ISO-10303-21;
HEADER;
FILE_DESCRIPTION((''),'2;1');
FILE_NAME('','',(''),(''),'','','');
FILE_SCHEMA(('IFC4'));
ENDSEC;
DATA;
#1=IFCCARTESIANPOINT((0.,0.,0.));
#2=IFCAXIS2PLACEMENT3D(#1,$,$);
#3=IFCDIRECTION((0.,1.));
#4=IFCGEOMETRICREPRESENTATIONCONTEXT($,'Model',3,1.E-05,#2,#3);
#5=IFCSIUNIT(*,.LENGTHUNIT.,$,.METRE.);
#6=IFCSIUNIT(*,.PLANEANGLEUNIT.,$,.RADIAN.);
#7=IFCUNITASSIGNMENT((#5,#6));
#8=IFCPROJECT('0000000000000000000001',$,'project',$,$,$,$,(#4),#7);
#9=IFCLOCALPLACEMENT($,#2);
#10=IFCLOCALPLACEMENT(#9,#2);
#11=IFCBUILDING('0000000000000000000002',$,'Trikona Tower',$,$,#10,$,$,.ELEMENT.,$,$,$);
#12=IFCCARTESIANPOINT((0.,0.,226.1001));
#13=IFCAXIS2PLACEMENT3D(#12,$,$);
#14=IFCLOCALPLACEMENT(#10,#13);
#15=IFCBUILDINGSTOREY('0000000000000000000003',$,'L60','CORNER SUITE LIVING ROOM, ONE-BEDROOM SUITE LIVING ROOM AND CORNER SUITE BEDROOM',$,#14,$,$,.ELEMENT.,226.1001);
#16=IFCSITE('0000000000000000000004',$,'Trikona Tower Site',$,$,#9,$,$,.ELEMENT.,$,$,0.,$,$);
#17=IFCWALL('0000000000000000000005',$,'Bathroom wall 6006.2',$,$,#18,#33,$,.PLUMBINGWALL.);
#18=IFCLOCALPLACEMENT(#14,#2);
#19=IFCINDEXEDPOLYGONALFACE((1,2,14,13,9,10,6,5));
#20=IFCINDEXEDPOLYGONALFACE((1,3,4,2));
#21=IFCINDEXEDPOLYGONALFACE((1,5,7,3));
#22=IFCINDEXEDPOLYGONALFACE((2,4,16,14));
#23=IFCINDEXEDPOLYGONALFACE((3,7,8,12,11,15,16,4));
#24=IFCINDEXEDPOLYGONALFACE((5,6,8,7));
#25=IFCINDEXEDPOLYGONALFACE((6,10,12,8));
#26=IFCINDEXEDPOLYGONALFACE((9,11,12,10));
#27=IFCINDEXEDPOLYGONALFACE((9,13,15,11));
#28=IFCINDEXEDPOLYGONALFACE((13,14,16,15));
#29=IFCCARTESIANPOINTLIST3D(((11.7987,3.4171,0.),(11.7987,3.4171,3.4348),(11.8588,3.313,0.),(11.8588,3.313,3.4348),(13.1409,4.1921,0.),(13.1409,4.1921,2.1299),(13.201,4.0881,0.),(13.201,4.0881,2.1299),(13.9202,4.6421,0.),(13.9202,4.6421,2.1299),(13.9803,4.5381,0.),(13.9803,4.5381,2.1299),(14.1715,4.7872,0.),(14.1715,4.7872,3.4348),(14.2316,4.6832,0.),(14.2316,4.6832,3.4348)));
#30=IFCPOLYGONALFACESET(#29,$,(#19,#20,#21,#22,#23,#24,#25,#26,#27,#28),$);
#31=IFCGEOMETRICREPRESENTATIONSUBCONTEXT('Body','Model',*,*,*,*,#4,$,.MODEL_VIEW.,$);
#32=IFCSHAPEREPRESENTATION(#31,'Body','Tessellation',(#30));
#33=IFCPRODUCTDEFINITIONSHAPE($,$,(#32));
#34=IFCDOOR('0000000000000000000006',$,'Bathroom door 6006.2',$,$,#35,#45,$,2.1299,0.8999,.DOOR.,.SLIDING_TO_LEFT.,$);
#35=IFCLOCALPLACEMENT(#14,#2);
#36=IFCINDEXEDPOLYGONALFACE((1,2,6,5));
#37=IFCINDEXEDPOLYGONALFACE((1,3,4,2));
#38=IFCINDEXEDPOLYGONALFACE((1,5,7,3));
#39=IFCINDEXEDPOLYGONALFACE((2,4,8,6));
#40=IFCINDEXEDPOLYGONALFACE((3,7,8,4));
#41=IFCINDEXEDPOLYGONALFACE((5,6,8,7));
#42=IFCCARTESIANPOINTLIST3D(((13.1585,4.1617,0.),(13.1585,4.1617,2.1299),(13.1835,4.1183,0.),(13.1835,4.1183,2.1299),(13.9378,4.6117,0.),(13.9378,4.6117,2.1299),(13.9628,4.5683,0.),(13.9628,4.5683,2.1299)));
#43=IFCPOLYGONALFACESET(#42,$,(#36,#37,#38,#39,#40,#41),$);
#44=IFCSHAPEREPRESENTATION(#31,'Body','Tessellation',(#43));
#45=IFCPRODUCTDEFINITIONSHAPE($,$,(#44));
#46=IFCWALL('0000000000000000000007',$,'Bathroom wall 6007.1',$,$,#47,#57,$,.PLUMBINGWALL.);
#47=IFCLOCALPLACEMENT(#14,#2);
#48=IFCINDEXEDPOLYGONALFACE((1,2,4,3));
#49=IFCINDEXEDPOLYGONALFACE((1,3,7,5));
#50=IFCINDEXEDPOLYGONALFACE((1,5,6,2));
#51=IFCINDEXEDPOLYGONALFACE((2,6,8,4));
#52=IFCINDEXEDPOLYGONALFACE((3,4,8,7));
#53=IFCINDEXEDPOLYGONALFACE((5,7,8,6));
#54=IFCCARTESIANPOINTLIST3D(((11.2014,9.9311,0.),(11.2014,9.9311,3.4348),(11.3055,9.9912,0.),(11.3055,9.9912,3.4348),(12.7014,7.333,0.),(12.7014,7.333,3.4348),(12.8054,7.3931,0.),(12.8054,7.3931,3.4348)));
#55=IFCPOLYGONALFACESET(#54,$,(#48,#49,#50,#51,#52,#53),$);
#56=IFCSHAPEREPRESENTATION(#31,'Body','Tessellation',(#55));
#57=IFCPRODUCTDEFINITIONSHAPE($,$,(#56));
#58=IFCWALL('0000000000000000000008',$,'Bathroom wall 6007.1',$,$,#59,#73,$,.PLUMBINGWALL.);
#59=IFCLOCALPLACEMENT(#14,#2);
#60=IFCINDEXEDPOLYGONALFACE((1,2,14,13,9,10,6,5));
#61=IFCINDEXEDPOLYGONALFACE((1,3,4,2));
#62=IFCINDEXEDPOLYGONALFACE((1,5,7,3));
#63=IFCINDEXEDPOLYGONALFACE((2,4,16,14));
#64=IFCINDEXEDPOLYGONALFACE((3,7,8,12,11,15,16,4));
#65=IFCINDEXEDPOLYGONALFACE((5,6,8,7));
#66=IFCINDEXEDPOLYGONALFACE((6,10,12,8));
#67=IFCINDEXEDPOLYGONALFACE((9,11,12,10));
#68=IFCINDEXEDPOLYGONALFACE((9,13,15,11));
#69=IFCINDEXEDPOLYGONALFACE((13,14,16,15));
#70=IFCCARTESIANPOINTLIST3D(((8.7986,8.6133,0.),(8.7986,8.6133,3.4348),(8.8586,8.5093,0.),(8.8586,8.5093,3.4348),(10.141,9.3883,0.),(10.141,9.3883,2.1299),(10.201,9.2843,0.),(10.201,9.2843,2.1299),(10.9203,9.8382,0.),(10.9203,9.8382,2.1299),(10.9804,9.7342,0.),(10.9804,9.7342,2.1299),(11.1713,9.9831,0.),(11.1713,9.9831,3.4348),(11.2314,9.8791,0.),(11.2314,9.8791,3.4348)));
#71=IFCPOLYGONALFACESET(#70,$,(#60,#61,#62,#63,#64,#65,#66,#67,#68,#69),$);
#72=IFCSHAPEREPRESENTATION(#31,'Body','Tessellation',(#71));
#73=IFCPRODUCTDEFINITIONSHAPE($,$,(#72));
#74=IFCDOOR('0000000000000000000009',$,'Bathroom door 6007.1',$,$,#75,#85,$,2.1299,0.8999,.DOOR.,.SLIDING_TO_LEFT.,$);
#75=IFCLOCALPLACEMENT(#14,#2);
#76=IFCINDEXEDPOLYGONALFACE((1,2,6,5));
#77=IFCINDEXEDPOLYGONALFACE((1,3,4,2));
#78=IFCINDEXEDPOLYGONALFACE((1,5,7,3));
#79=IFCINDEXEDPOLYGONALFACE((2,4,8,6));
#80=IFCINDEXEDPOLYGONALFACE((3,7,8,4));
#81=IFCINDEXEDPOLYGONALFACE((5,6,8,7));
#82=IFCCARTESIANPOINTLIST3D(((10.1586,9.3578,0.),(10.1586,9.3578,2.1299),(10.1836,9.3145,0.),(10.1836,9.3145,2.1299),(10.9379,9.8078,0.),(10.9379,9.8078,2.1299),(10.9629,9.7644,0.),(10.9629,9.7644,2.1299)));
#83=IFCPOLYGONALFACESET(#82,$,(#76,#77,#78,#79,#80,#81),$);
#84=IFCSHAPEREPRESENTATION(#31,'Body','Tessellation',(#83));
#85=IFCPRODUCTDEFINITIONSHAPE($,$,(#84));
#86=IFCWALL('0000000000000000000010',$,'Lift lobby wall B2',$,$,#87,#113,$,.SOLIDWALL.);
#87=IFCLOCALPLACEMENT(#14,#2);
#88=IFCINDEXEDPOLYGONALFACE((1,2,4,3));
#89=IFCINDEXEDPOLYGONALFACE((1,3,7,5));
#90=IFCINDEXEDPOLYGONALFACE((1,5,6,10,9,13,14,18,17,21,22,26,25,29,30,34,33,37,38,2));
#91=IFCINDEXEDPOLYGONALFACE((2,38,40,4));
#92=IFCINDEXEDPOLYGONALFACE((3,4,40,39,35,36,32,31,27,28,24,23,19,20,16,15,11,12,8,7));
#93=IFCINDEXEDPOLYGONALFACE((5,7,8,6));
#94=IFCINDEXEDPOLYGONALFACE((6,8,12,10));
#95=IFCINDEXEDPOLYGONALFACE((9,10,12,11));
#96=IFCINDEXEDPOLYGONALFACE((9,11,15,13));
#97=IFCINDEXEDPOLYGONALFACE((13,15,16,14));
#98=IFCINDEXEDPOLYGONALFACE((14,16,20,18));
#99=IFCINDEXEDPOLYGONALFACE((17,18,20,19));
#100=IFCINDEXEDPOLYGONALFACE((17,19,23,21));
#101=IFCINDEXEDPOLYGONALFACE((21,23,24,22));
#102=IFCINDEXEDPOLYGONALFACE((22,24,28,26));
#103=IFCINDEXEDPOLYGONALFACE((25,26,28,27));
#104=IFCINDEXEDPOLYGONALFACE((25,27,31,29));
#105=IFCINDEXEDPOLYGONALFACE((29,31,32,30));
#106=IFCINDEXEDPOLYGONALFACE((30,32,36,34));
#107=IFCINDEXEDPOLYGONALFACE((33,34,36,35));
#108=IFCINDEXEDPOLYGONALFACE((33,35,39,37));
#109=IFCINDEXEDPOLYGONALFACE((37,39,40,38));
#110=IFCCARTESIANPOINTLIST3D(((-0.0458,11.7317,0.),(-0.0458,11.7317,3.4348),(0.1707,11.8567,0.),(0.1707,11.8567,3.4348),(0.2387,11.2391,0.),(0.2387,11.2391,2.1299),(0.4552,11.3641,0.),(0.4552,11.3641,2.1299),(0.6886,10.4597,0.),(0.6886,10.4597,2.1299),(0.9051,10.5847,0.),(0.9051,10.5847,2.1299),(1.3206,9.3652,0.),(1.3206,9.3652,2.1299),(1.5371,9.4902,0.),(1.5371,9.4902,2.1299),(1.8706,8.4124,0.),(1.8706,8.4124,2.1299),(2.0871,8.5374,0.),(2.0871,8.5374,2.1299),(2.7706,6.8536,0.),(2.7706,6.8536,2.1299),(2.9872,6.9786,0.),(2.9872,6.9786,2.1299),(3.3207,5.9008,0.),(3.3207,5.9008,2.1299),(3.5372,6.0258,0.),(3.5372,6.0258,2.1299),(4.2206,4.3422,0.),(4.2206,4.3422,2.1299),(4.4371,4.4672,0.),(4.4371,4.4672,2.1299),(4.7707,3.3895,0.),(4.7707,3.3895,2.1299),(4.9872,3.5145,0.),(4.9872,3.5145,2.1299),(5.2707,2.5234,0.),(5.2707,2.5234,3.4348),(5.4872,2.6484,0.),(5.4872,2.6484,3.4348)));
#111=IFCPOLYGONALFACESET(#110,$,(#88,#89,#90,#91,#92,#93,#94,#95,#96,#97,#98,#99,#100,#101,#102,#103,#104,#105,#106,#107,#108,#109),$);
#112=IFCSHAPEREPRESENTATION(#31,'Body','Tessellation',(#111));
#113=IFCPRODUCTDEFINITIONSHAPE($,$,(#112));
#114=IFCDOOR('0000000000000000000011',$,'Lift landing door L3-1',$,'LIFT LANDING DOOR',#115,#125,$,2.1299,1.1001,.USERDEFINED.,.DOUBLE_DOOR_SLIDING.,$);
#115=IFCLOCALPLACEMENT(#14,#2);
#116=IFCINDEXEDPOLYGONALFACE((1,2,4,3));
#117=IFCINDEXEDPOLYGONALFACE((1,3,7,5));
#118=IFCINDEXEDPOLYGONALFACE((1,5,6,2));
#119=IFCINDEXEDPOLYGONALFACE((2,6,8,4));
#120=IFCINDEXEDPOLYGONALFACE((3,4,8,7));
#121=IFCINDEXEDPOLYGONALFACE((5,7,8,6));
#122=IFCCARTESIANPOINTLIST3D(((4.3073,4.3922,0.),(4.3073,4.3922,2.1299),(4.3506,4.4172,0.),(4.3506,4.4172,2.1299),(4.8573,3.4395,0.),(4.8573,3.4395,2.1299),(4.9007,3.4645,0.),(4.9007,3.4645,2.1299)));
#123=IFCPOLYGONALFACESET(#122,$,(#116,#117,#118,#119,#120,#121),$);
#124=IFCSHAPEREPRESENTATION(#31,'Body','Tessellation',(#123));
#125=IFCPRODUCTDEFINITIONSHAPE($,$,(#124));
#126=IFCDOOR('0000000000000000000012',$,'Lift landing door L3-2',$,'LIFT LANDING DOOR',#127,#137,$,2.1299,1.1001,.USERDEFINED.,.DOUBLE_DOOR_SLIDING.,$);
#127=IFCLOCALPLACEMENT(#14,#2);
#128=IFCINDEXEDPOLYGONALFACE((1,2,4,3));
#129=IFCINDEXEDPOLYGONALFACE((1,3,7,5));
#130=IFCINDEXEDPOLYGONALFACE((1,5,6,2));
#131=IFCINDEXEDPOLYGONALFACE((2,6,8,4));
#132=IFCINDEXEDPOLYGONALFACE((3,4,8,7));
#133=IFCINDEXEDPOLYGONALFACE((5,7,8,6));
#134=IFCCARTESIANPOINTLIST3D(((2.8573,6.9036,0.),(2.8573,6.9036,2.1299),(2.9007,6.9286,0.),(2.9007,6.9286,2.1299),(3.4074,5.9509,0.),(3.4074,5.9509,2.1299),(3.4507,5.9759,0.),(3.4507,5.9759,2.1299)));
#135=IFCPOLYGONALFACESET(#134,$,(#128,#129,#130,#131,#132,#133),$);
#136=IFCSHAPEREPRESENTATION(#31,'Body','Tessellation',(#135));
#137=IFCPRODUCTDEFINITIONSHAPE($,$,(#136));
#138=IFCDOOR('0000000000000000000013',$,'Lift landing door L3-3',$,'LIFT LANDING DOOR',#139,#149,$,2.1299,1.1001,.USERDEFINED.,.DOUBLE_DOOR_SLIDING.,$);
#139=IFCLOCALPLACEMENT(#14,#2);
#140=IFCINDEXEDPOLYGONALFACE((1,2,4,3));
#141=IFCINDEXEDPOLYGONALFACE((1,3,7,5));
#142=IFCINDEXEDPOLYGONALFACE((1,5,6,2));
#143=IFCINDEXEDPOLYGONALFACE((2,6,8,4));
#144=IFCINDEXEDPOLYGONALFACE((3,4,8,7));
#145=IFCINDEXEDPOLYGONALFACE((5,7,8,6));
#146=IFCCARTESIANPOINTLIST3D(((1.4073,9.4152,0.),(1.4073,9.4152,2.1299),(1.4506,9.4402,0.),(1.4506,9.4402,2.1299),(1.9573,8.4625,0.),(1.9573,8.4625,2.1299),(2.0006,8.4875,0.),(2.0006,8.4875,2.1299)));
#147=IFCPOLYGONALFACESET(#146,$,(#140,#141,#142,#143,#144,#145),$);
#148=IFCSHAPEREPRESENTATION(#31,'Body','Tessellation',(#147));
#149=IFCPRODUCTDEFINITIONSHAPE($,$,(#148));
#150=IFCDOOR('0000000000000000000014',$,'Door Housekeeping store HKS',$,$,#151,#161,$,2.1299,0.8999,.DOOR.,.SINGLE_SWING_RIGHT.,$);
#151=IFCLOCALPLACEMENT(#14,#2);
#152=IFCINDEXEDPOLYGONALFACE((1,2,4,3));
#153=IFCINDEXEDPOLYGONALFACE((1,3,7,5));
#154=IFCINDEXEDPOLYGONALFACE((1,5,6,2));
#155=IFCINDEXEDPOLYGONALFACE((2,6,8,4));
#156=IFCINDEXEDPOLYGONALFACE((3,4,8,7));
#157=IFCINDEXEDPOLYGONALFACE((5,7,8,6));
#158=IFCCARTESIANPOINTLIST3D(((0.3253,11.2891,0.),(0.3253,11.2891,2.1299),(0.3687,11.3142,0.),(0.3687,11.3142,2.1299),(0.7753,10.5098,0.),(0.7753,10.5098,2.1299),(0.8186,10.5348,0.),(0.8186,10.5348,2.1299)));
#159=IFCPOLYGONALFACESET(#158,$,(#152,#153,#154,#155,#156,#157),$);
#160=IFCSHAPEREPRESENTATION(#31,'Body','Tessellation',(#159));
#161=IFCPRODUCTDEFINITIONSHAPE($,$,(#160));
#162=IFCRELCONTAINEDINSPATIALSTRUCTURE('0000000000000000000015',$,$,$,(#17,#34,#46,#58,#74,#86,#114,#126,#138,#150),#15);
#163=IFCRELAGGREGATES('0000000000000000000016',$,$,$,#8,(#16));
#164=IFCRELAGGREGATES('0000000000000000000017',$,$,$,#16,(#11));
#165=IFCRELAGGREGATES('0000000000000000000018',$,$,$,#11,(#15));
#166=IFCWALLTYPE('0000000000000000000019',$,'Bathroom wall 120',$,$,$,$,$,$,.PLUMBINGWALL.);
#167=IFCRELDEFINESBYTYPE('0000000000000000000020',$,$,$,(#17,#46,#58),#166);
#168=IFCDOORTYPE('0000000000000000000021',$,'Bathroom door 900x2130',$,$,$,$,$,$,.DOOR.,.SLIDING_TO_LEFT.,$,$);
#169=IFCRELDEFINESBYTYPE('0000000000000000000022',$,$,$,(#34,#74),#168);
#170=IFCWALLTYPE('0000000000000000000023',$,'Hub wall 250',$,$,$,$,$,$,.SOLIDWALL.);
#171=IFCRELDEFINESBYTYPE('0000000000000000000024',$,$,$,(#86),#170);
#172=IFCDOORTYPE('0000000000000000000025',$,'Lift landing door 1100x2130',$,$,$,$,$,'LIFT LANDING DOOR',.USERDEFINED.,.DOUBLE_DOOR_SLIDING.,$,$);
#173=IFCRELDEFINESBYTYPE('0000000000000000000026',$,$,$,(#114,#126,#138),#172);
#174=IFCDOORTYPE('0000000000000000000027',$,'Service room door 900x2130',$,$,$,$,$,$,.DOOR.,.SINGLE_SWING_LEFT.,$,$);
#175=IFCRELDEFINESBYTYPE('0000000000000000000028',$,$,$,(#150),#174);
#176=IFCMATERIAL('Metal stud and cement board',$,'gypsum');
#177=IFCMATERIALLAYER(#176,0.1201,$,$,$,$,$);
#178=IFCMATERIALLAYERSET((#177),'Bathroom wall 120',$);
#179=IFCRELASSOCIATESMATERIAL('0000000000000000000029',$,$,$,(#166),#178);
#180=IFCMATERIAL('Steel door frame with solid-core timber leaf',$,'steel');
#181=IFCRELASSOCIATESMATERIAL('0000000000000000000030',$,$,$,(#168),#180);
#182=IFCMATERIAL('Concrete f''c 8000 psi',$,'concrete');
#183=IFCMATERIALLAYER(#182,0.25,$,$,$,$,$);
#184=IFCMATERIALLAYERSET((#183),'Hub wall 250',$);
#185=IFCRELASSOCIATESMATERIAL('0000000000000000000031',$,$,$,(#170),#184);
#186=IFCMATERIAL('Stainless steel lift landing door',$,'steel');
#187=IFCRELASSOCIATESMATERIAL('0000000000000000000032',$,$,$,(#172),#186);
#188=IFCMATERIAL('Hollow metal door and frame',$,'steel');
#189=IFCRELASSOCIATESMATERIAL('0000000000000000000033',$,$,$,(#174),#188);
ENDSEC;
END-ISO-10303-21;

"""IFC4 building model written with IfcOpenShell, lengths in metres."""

from ifc_helpers import new_model, si_unit, direction, frame, frame_2d, origin, place, context, subcontext, project, spatial, rectangle, extrude, material, layer, layer_set, type_object, element, fill, save


model = new_model("IFC4")

# Units and contexts
model_context = context("Model", 3, precision=1e-05, world=origin(), true_north=direction((0.0, 1.0)))
body_context = subcontext(model_context, "Body", "Model", "MODEL_VIEW")
ifc_project = project(units=[si_unit("LENGTHUNIT", "METRE"), si_unit("PLANEANGLEUNIT", "RADIAN")], contexts=[model_context])

# Site, building, storey
site_placement = place(None, origin())
site = spatial("IfcSite", under=ifc_project, at=site_placement, Name="Trikona Tower Site", CompositionType="ELEMENT", RefElevation=0.0)
building_placement = place(site_placement, origin())
building = spatial("IfcBuilding", under=site, at=building_placement, Name="Trikona Tower", CompositionType="ELEMENT")
storey_placement = place(building_placement, frame((0.0, 0.0, 226.1001)))
storey = spatial("IfcBuildingStorey", under=building, at=storey_placement, Name="L60", Description="CORNER SUITE LIVING ROOM, ONE-BEDROOM SUITE LIVING ROOM AND CORNER SUITE BEDROOM", CompositionType="ELEMENT", Elevation=226.1001)

# Wall, opening, door
ifc_material_1 = material(Name="Metal stud and cement board", Category="gypsum")
ifc_layer_1 = layer(ifc_material_1, 0.1201)
ifc_layer_set_1 = layer_set([ifc_layer_1], Name="Bathroom wall 120")
wall_type_1 = type_object("IfcWallType", Name="Bathroom wall 120", PredefinedType="PLUMBINGWALL", material=ifc_layer_set_1)
wall_1_placement = place(storey_placement, frame((11.8286, 3.365, 0.0), z_axis=(0.0, 0.0, 1.0), x_axis=(0.865997, 0.500049, 0.0)))
wall_1 = element("IfcWall", 1, at=wall_1_placement, inside=storey, type_object=wall_type_1, Name="Bathroom wall 6006.2", PredefinedType="PLUMBINGWALL", context=body_context, shape_type="SweptSolid", body=[
    extrude(rectangle(XDim=2.74, YDim=0.1201, at=frame_2d((1.3701, 0.0))), origin(), (0.0, 0.0, 1.0), 3.4348),
])
opening_1_placement = place(wall_1_placement, frame((1.55, 0.0, 0.0)))
opening_1 = element("IfcOpeningElement", 2, at=opening_1_placement, cuts=wall_1, PredefinedType="OPENING", context=body_context, shape_type="SweptSolid", body=[
    extrude(rectangle(XDim=0.8999, YDim=2.1299, at=frame_2d((0.45, 1.0649))), frame((0.0, 0.0701, 0.0), z_axis=(0.0, -1.0, 0.0), x_axis=(1.0, 0.0, 0.0)), (0.0, 0.0, 1.0), 0.1401),
])
ifc_material_2 = material(Name="Steel door frame with solid-core timber leaf", Category="steel")
door_type_1 = type_object("IfcDoorType", Name="Bathroom door 900x2130", OperationType="SLIDING_TO_LEFT", PredefinedType="DOOR", material=ifc_material_2)
door_1_placement = place(opening_1_placement, origin())
door_1 = element("IfcDoor", 3, at=door_1_placement, inside=storey, type_object=door_type_1, Name="Bathroom door 6006.2", OperationType="SLIDING_TO_LEFT", OverallHeight=2.1299, OverallWidth=0.8999, PredefinedType="DOOR", context=body_context, shape_type="SweptSolid", body=[
    extrude(rectangle(XDim=0.8999, YDim=2.1299, at=frame_2d((0.45, 1.0649))), frame((0.0, 0.0249, 0.0), z_axis=(0.0, -1.0, 0.0), x_axis=(1.0, 0.0, 0.0)), (0.0, 0.0, 1.0), 0.05),
])
fill(opening_1, door_1)

# Wall
wall_2_placement = place(storey_placement, frame((12.7534, 7.363, 0.0), z_axis=(0.0, 0.0, 1.0), x_axis=(-0.49999, 0.866031, 0.0)))
element("IfcWall", 4, at=wall_2_placement, inside=storey, type_object=wall_type_1, Name="Bathroom wall 6007.1", PredefinedType="PLUMBINGWALL", context=body_context, shape_type="SweptSolid", body=[
    extrude(rectangle(XDim=3.0, YDim=0.1201, at=frame_2d((1.5, 0.0))), origin(), (0.0, 0.0, 1.0), 3.4348),
])

# Wall, opening, door
wall_3_placement = place(storey_placement, frame((8.8286, 8.5613, 0.0), z_axis=(0.0, 0.0, 1.0), x_axis=(0.866036, 0.499982, 0.0)))
wall_3 = element("IfcWall", 5, at=wall_3_placement, inside=storey, type_object=wall_type_1, Name="Bathroom wall 6007.1", PredefinedType="PLUMBINGWALL", context=body_context, shape_type="SweptSolid", body=[
    extrude(rectangle(XDim=2.7397, YDim=0.1201, at=frame_2d((1.3699, 0.0))), origin(), (0.0, 0.0, 1.0), 3.4348),
])
opening_2_placement = place(wall_3_placement, frame((1.55, 0.0, 0.0)))
opening_2 = element("IfcOpeningElement", 6, at=opening_2_placement, cuts=wall_3, PredefinedType="OPENING", context=body_context, shape_type="SweptSolid", body=[
    extrude(rectangle(XDim=0.8999, YDim=2.1299, at=frame_2d((0.45, 1.0649))), frame((0.0, 0.0701, 0.0), z_axis=(0.0, -1.0, 0.0), x_axis=(1.0, 0.0, 0.0)), (0.0, 0.0, 1.0), 0.1401),
])
door_2_placement = place(opening_2_placement, origin())
door_2 = element("IfcDoor", 7, at=door_2_placement, inside=storey, type_object=door_type_1, Name="Bathroom door 6007.1", OperationType="SLIDING_TO_LEFT", OverallHeight=2.1299, OverallWidth=0.8999, PredefinedType="DOOR", context=body_context, shape_type="SweptSolid", body=[
    extrude(rectangle(XDim=0.8999, YDim=2.1299, at=frame_2d((0.45, 1.0649))), frame((0.0, 0.0249, 0.0), z_axis=(0.0, -1.0, 0.0), x_axis=(1.0, 0.0, 0.0)), (0.0, 0.0, 1.0), 0.05),
])
fill(opening_2, door_2)

# Wall, openings, doors
ifc_material_3 = material(Name="Concrete f'c 8000 psi", Category="concrete")
ifc_layer_2 = layer(ifc_material_3, 0.25)
ifc_layer_set_2 = layer_set([ifc_layer_2], Name="Hub wall 250")
wall_type_2 = type_object("IfcWallType", Name="Hub wall 250", PredefinedType="SOLIDWALL", material=ifc_layer_set_2)
wall_4_placement = place(storey_placement, frame((5.3789, 2.5859, 0.0), z_axis=(0.0, 0.0, 1.0), x_axis=(-0.500001, 0.866025, 0.0)))
wall_4 = element("IfcWall", 8, at=wall_4_placement, inside=storey, type_object=wall_type_2, Name="Lift lobby wall B2", PredefinedType="SOLIDWALL", context=body_context, shape_type="SweptSolid", body=[
    extrude(rectangle(XDim=10.6328, YDim=0.25, at=frame_2d((5.3164, 0.0))), origin(), (0.0, 0.0, 1.0), 3.4348),
])
opening_3_placement = place(wall_4_placement, frame((9.1641, 0.0, 0.0)))
opening_3 = element("IfcOpeningElement", 9, at=opening_3_placement, cuts=wall_4, PredefinedType="OPENING", context=body_context, shape_type="SweptSolid", body=[
    extrude(rectangle(XDim=0.8999, YDim=2.1299, at=frame_2d((0.45, 1.0649))), frame((0.0, 0.135, 0.0), z_axis=(0.0, -1.0, 0.0), x_axis=(1.0, 0.0, 0.0)), (0.0, 0.0, 1.0), 0.27),
])
opening_4_placement = place(wall_4_placement, frame((1.0, 0.0, 0.0)))
opening_4 = element("IfcOpeningElement", 10, at=opening_4_placement, cuts=wall_4, PredefinedType="OPENING", context=body_context, shape_type="SweptSolid", body=[
    extrude(rectangle(XDim=1.1001, YDim=2.1299, at=frame_2d((0.55, 1.0649))), frame((0.0, 0.135, 0.0), z_axis=(0.0, -1.0, 0.0), x_axis=(1.0, 0.0, 0.0)), (0.0, 0.0, 1.0), 0.27),
])
opening_5_placement = place(wall_4_placement, frame((3.8999, 0.0, 0.0)))
opening_5 = element("IfcOpeningElement", 11, at=opening_5_placement, cuts=wall_4, PredefinedType="OPENING", context=body_context, shape_type="SweptSolid", body=[
    extrude(rectangle(XDim=1.1001, YDim=2.1299, at=frame_2d((0.55, 1.0649))), frame((0.0, 0.135, 0.0), z_axis=(0.0, -1.0, 0.0), x_axis=(1.0, 0.0, 0.0)), (0.0, 0.0, 1.0), 0.27),
])
opening_6_placement = place(wall_4_placement, frame((6.8, 0.0, 0.0)))
opening_6 = element("IfcOpeningElement", 12, at=opening_6_placement, cuts=wall_4, PredefinedType="OPENING", context=body_context, shape_type="SweptSolid", body=[
    extrude(rectangle(XDim=1.1001, YDim=2.1299, at=frame_2d((0.55, 1.0649))), frame((0.0, 0.135, 0.0), z_axis=(0.0, -1.0, 0.0), x_axis=(1.0, 0.0, 0.0)), (0.0, 0.0, 1.0), 0.27),
])
ifc_material_4 = material(Name="Stainless steel lift landing door", Category="steel")
door_type_2 = type_object("IfcDoorType", Name="Lift landing door 1100x2130", ElementType="LIFT LANDING DOOR", OperationType="DOUBLE_DOOR_SLIDING", PredefinedType="USERDEFINED", material=ifc_material_4)
door_3_placement = place(opening_4_placement, origin())
door_3 = element("IfcDoor", 13, at=door_3_placement, inside=storey, type_object=door_type_2, Name="Lift landing door L3-1", ObjectType="LIFT LANDING DOOR", OperationType="DOUBLE_DOOR_SLIDING", OverallHeight=2.1299, OverallWidth=1.1001, PredefinedType="USERDEFINED", context=body_context, shape_type="SweptSolid", body=[
    extrude(rectangle(XDim=1.1001, YDim=2.1299, at=frame_2d((0.55, 1.0649))), frame((0.0, 0.0249, 0.0), z_axis=(0.0, -1.0, 0.0), x_axis=(1.0, 0.0, 0.0)), (0.0, 0.0, 1.0), 0.05),
])
fill(opening_4, door_3)
door_4_placement = place(opening_5_placement, origin())
door_4 = element("IfcDoor", 14, at=door_4_placement, inside=storey, type_object=door_type_2, Name="Lift landing door L3-2", ObjectType="LIFT LANDING DOOR", OperationType="DOUBLE_DOOR_SLIDING", OverallHeight=2.1299, OverallWidth=1.1001, PredefinedType="USERDEFINED", context=body_context, shape_type="SweptSolid", body=[
    extrude(rectangle(XDim=1.1001, YDim=2.1299, at=frame_2d((0.55, 1.0649))), frame((0.0, 0.0249, 0.0), z_axis=(0.0, -1.0, 0.0), x_axis=(1.0, 0.0, 0.0)), (0.0, 0.0, 1.0), 0.05),
])
fill(opening_5, door_4)
door_5_placement = place(opening_6_placement, origin())
door_5 = element("IfcDoor", 15, at=door_5_placement, inside=storey, type_object=door_type_2, Name="Lift landing door L3-3", ObjectType="LIFT LANDING DOOR", OperationType="DOUBLE_DOOR_SLIDING", OverallHeight=2.1299, OverallWidth=1.1001, PredefinedType="USERDEFINED", context=body_context, shape_type="SweptSolid", body=[
    extrude(rectangle(XDim=1.1001, YDim=2.1299, at=frame_2d((0.55, 1.0649))), frame((0.0, 0.0249, 0.0), z_axis=(0.0, -1.0, 0.0), x_axis=(1.0, 0.0, 0.0)), (0.0, 0.0, 1.0), 0.05),
])
fill(opening_6, door_5)
ifc_material_5 = material(Name="Hollow metal door and frame", Category="steel")
door_type_3 = type_object("IfcDoorType", Name="Service room door 900x2130", OperationType="SINGLE_SWING_LEFT", PredefinedType="DOOR", material=ifc_material_5)
door_6_placement = place(opening_3_placement, origin())
door_6 = element("IfcDoor", 16, at=door_6_placement, inside=storey, type_object=door_type_3, Name="Door Housekeeping store HKS", OperationType="SINGLE_SWING_RIGHT", OverallHeight=2.1299, OverallWidth=0.8999, PredefinedType="DOOR", context=body_context, shape_type="SweptSolid", body=[
    extrude(rectangle(XDim=0.8999, YDim=2.1299, at=frame_2d((0.45, 1.0649))), frame((0.0, 0.0249, 0.0), z_axis=(0.0, -1.0, 0.0), x_axis=(1.0, 0.0, 0.0)), (0.0, 0.0, 1.0), 0.05),
])
fill(opening_3, door_6)

save(model, "model.ifc")
